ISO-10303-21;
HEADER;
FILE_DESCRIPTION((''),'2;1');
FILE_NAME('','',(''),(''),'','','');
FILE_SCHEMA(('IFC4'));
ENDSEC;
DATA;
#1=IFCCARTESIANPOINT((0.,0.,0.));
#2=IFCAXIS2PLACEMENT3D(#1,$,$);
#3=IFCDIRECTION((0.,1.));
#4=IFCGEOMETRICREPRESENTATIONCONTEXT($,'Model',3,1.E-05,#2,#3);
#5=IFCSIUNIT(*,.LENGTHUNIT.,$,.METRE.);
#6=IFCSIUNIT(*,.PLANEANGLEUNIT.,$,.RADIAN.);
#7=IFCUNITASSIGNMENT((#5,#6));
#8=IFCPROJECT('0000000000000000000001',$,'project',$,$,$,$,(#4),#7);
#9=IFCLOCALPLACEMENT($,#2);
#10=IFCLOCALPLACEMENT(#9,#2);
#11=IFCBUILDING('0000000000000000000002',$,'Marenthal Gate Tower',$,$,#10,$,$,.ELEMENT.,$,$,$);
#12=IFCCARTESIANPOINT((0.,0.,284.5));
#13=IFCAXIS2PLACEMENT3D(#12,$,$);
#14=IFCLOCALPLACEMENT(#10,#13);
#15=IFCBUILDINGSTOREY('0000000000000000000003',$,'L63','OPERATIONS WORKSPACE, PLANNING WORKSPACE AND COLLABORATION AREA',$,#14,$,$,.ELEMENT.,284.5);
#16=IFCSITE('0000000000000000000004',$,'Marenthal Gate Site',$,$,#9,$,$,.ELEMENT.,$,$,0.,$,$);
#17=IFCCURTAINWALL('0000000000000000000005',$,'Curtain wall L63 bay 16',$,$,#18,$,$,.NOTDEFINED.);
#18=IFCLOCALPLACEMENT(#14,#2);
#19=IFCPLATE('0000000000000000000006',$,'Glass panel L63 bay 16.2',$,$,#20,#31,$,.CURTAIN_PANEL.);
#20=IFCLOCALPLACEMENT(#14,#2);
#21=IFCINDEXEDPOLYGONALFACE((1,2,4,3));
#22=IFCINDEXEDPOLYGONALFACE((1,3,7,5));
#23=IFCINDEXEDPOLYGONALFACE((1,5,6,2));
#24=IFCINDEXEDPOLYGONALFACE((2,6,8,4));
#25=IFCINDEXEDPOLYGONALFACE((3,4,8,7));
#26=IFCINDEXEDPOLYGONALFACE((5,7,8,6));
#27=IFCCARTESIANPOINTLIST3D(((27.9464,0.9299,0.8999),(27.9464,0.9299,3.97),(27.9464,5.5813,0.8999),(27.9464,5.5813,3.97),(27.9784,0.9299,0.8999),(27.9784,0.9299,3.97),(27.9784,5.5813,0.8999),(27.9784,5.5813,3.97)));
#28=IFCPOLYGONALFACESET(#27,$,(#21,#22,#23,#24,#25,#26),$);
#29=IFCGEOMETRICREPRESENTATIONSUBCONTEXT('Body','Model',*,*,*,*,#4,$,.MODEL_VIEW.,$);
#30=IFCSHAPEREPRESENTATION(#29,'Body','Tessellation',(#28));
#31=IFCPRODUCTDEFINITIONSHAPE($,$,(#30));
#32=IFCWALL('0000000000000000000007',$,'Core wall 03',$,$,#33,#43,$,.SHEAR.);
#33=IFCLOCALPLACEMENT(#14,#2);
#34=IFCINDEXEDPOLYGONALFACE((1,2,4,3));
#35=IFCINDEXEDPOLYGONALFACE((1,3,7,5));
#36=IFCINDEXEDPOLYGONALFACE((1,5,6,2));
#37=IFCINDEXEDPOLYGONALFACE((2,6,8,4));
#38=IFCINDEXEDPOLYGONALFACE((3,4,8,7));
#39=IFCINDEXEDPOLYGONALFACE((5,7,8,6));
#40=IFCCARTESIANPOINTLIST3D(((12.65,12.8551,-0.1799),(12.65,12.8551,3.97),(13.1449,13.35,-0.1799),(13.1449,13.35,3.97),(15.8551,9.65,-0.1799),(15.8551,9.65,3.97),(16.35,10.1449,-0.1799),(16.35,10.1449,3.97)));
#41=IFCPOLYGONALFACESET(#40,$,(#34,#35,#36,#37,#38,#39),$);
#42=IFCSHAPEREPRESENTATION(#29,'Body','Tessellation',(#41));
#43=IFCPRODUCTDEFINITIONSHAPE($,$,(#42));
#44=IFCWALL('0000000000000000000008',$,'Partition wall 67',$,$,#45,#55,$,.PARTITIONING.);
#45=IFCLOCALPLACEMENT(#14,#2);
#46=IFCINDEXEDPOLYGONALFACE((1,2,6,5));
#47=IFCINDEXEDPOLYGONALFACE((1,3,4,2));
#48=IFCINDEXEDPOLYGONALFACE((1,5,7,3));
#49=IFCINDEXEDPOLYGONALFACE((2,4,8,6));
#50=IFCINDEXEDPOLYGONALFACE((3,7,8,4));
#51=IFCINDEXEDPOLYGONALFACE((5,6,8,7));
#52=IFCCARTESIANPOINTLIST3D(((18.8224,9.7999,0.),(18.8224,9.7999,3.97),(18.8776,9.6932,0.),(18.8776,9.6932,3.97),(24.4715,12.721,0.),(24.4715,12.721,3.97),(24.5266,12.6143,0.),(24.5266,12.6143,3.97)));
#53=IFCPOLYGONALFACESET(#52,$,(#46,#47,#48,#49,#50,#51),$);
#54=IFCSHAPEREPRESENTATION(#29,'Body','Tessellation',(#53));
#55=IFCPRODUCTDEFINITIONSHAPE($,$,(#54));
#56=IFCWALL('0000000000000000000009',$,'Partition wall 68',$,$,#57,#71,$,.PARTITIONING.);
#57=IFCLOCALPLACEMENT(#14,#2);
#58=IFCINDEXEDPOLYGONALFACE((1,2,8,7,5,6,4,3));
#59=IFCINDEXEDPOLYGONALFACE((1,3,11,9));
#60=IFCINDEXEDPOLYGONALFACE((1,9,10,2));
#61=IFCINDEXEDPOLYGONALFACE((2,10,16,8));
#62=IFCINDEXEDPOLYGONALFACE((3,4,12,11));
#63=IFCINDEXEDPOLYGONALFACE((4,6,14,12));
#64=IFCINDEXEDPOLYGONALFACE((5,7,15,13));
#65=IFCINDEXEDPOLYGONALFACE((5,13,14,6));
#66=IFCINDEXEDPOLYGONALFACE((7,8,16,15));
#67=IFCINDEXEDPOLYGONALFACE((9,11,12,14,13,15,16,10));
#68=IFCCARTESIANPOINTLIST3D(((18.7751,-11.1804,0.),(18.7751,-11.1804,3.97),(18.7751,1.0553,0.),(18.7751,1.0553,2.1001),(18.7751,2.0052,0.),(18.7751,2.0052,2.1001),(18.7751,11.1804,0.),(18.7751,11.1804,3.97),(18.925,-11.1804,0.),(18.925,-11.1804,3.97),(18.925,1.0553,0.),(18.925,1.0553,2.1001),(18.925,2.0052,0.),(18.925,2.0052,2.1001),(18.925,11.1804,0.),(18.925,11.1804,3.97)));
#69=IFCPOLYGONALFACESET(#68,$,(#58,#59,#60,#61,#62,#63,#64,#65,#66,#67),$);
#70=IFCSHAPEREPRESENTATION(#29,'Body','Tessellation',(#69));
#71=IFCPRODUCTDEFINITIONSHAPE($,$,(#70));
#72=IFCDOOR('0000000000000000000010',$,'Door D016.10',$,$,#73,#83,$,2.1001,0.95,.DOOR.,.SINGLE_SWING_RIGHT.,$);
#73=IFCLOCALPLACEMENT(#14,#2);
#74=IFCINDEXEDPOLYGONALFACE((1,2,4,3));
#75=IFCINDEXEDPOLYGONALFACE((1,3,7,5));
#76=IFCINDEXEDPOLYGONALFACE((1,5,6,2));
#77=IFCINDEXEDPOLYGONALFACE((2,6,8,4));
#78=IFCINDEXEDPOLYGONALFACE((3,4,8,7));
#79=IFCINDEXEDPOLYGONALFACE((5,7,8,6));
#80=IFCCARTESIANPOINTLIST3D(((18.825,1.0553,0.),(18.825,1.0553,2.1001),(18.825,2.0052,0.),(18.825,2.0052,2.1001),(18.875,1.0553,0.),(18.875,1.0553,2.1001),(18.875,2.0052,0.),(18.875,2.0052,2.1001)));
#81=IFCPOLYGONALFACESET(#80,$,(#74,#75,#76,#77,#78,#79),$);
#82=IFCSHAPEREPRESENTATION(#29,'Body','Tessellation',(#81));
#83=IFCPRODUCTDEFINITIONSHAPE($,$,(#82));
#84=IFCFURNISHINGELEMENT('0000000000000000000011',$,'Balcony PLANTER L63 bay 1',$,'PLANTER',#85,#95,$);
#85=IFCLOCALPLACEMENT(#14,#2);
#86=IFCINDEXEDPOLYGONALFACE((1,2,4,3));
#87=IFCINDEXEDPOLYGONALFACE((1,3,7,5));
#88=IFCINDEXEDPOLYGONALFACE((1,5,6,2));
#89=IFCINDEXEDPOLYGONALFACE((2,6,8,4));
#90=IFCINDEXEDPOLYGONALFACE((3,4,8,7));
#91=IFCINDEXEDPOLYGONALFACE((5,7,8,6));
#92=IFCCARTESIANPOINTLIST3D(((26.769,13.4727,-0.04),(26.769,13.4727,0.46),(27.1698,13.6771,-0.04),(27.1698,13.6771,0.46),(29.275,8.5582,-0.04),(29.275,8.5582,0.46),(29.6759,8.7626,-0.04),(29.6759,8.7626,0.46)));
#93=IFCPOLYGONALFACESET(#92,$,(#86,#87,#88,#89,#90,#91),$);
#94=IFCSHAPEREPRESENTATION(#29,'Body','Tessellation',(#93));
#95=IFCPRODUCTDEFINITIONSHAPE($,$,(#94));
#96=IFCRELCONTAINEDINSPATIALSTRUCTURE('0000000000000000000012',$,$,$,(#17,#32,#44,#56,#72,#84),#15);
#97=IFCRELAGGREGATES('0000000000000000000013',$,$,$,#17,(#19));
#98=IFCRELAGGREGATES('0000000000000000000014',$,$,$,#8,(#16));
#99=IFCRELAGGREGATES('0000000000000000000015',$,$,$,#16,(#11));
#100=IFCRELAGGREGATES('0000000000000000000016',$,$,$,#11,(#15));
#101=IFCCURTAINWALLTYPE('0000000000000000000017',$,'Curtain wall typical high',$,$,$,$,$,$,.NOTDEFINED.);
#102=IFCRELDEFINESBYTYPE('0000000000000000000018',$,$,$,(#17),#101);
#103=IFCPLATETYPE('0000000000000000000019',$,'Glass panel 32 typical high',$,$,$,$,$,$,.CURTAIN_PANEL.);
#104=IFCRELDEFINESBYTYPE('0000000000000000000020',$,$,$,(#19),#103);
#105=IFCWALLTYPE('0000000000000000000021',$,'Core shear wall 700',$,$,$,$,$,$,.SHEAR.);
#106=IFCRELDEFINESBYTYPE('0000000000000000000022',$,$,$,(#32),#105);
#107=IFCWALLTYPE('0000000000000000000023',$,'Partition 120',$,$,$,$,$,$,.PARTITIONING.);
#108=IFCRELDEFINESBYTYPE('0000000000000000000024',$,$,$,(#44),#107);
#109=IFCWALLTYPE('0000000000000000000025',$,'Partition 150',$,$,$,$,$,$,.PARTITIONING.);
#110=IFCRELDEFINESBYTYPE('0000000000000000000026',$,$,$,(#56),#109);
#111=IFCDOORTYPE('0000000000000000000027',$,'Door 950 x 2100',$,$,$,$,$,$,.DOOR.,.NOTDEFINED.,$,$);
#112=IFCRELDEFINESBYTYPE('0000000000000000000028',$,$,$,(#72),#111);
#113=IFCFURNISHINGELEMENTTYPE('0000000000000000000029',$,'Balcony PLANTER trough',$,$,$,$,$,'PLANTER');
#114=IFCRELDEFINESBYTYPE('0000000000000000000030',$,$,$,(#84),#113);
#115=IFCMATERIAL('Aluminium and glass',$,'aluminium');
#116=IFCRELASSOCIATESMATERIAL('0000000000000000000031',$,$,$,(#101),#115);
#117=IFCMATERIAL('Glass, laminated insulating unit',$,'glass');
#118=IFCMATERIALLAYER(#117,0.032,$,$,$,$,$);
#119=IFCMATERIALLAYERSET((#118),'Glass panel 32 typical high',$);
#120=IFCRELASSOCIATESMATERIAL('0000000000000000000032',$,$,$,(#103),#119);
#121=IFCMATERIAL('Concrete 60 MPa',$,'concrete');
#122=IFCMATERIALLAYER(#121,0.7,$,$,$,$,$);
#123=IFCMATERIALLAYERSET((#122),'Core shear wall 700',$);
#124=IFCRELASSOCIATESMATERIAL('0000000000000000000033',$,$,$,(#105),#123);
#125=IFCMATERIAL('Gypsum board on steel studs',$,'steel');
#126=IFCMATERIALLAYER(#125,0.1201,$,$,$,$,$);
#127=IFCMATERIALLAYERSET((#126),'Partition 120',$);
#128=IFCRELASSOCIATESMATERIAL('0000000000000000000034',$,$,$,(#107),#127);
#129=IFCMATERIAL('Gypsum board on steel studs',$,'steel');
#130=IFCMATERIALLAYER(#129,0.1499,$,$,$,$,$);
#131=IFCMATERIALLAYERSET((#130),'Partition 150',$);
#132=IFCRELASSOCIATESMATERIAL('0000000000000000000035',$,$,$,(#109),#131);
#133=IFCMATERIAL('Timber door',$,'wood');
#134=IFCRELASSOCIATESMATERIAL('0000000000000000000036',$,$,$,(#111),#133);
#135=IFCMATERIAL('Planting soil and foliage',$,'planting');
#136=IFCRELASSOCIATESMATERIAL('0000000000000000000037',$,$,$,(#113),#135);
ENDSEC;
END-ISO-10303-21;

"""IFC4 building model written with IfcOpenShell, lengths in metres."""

from ifc_helpers import new_model, si_unit, direction, frame, frame_2d, origin, origin_2d, place, context, subcontext, project, spatial, rectangle, extrude, material, layer, layer_set, type_object, element, fill, aggregate, save


model = new_model("IFC4")

# Units and contexts
model_context = context("Model", 3, precision=1e-05, world=origin(), true_north=direction((0.0, 1.0)))
body_context = subcontext(model_context, "Body", "Model", "MODEL_VIEW")
ifc_project = project(units=[si_unit("LENGTHUNIT", "METRE"), si_unit("PLANEANGLEUNIT", "RADIAN")], contexts=[model_context])

# Site, building, storey
site_placement = place(None, origin())
site = spatial("IfcSite", under=ifc_project, at=site_placement, Name="Marenthal Gate Site", CompositionType="ELEMENT", RefElevation=0.0)
building_placement = place(site_placement, origin())
building = spatial("IfcBuilding", under=site, at=building_placement, Name="Marenthal Gate Tower", CompositionType="ELEMENT")
storey_placement = place(building_placement, frame((0.0, 0.0, 284.5)))
storey = spatial("IfcBuildingStorey", under=building, at=storey_placement, Name="L63", Description="OPERATIONS WORKSPACE, PLANNING WORKSPACE AND COLLABORATION AREA", CompositionType="ELEMENT", Elevation=284.5)

# Curtain wall
ifc_material_1 = material(Name="Aluminium and glass", Category="aluminium")
curtain_wall_type = type_object("IfcCurtainWallType", Name="Curtain wall typical high", PredefinedType="NOTDEFINED", material=ifc_material_1)
curtain_wall_placement = place(storey_placement, origin())
curtain_wall = element("IfcCurtainWall", 1, at=curtain_wall_placement, inside=storey, type_object=curtain_wall_type, Name="Curtain wall L63 bay 16", PredefinedType="NOTDEFINED")

# Plate
ifc_material_2 = material(Name="Glass, laminated insulating unit", Category="glass")
ifc_layer_1 = layer(ifc_material_2, 0.032)
ifc_layer_set_1 = layer_set([ifc_layer_1], Name="Glass panel 32 typical high")
plate_type = type_object("IfcPlateType", Name="Glass panel 32 typical high", PredefinedType="CURTAIN_PANEL", material=ifc_layer_set_1)
plate_placement = place(storey_placement, frame((27.9624, 3.2556, 0.8999), z_axis=(0.0, 0.0, 1.0), x_axis=(0.0, 1.0, 0.0)))
plate = element("IfcPlate", 2, at=plate_placement, type_object=plate_type, Name="Glass panel L63 bay 16.2", PredefinedType="CURTAIN_PANEL", context=body_context, shape_type="SweptSolid", body=[
    extrude(rectangle(XDim=4.6514, YDim=0.032, at=origin_2d()), origin(), (0.0, 0.0, 1.0), 3.0701),
])
aggregate(curtain_wall, [plate])

# Walls
ifc_material_3 = material(Name="Concrete 60 MPa", Category="concrete")
ifc_layer_2 = layer(ifc_material_3, 0.7)
ifc_layer_set_2 = layer_set([ifc_layer_2], Name="Core shear wall 700")
wall_type_1 = type_object("IfcWallType", Name="Core shear wall 700", PredefinedType="SHEAR", material=ifc_layer_set_2)
wall_1_placement = place(storey_placement, frame((16.1025, 9.8975, -0.1799), z_axis=(0.0, 0.0, 1.0), x_axis=(-0.707107, 0.707107, 0.0)))
element("IfcWall", 3, at=wall_1_placement, inside=storey, type_object=wall_type_1, Name="Core wall 03", PredefinedType="SHEAR", context=body_context, shape_type="SweptSolid", body=[
    extrude(rectangle(XDim=4.5327, YDim=0.7, at=frame_2d((2.2664, 0.0))), origin(), (0.0, 0.0, 1.0), 4.1499),
])
ifc_material_4 = material(Name="Gypsum board on steel studs", Category="steel")
ifc_layer_3 = layer(ifc_material_4, 0.1201)
ifc_layer_set_3 = layer_set([ifc_layer_3], Name="Partition 120")
wall_type_2 = type_object("IfcWallType", Name="Partition 120", PredefinedType="PARTITIONING", material=ifc_layer_set_3)
wall_2_placement = place(storey_placement, frame((18.8501, 9.7466, 0.0), z_axis=(0.0, 0.0, 1.0), x_axis=(0.888272, 0.459318, 0.0)))
element("IfcWall", 4, at=wall_2_placement, inside=storey, type_object=wall_type_2, Name="Partition wall 67", PredefinedType="PARTITIONING", context=body_context, shape_type="SweptSolid", body=[
    extrude(rectangle(XDim=6.3596, YDim=0.1201, at=frame_2d((3.1797, 0.0))), origin(), (0.0, 0.0, 1.0), 3.97),
])

# Wall, opening, door
ifc_material_5 = material(Name="Gypsum board on steel studs", Category="steel")
ifc_layer_4 = layer(ifc_material_5, 0.1499)
ifc_layer_set_4 = layer_set([ifc_layer_4], Name="Partition 150")
wall_type_3 = type_object("IfcWallType", Name="Partition 150", PredefinedType="PARTITIONING", material=ifc_layer_set_4)
wall_3_placement = place(storey_placement, frame((18.8501, 11.1804, 0.0), z_axis=(0.0, 0.0, 1.0), x_axis=(0.0, -1.0, 0.0)))
wall_3 = element("IfcWall", 5, at=wall_3_placement, inside=storey, type_object=wall_type_3, Name="Partition wall 68", PredefinedType="PARTITIONING", context=body_context, shape_type="SweptSolid", body=[
    extrude(rectangle(XDim=22.3608, YDim=0.1499, at=frame_2d((11.1804, 0.0))), origin(), (0.0, 0.0, 1.0), 3.97),
])
opening_1_placement = place(wall_3_placement, frame((9.175, 0.0, 0.0)))
opening_1 = element("IfcOpeningElement", 6, at=opening_1_placement, cuts=wall_3, PredefinedType="OPENING", context=body_context, shape_type="SweptSolid", body=[
    extrude(rectangle(XDim=0.95, YDim=2.1001, at=frame_2d((0.4751, 1.05))), frame((0.0, 0.085, 0.0), z_axis=(0.0, -1.0, 0.0), x_axis=(1.0, 0.0, 0.0)), (0.0, 0.0, 1.0), 0.1699),
])
ifc_material_6 = material(Name="Timber door", Category="wood")
door_type_1 = type_object("IfcDoorType", Name="Door 950 x 2100", OperationType="NOTDEFINED", PredefinedType="DOOR", material=ifc_material_6)
door_1_placement = place(opening_1_placement, origin())
door_1 = element("IfcDoor", 7, at=door_1_placement, inside=storey, type_object=door_type_1, Name="Door D016.10", OperationType="SINGLE_SWING_RIGHT", OverallHeight=2.1001, OverallWidth=0.95, PredefinedType="DOOR", context=body_context, shape_type="SweptSolid", body=[
    extrude(rectangle(XDim=0.95, YDim=2.1001, at=frame_2d((0.4751, 1.05))), frame((0.0, 0.0249, 0.0), z_axis=(0.0, -1.0, 0.0), x_axis=(1.0, 0.0, 0.0)), (0.0, 0.0, 1.0), 0.05),
])
fill(opening_1, door_1)

# Furnishing element
ifc_material_7 = material(Name="Planting soil and foliage", Category="planting")
furnishing_element_type = type_object("IfcFurnishingElementType", Name="Balcony PLANTER trough", ElementType="PLANTER", material=ifc_material_7)
furnishing_placement = place(storey_placement, frame((28.2224, 11.1177, -0.04), z_axis=(0.0, 0.0, 1.0), x_axis=(-0.454273, 0.890862, 0.0)))
element("IfcFurnishingElement", 8, at=furnishing_placement, inside=storey, type_object=furnishing_element_type, Name="Balcony PLANTER L63 bay 1", ObjectType="PLANTER", context=body_context, shape_type="SweptSolid", body=[
    extrude(rectangle(XDim=5.5166, YDim=0.45, at=origin_2d()), origin(), (0.0, 0.0, 1.0), 0.5),
])

save(model, "model.ifc")
